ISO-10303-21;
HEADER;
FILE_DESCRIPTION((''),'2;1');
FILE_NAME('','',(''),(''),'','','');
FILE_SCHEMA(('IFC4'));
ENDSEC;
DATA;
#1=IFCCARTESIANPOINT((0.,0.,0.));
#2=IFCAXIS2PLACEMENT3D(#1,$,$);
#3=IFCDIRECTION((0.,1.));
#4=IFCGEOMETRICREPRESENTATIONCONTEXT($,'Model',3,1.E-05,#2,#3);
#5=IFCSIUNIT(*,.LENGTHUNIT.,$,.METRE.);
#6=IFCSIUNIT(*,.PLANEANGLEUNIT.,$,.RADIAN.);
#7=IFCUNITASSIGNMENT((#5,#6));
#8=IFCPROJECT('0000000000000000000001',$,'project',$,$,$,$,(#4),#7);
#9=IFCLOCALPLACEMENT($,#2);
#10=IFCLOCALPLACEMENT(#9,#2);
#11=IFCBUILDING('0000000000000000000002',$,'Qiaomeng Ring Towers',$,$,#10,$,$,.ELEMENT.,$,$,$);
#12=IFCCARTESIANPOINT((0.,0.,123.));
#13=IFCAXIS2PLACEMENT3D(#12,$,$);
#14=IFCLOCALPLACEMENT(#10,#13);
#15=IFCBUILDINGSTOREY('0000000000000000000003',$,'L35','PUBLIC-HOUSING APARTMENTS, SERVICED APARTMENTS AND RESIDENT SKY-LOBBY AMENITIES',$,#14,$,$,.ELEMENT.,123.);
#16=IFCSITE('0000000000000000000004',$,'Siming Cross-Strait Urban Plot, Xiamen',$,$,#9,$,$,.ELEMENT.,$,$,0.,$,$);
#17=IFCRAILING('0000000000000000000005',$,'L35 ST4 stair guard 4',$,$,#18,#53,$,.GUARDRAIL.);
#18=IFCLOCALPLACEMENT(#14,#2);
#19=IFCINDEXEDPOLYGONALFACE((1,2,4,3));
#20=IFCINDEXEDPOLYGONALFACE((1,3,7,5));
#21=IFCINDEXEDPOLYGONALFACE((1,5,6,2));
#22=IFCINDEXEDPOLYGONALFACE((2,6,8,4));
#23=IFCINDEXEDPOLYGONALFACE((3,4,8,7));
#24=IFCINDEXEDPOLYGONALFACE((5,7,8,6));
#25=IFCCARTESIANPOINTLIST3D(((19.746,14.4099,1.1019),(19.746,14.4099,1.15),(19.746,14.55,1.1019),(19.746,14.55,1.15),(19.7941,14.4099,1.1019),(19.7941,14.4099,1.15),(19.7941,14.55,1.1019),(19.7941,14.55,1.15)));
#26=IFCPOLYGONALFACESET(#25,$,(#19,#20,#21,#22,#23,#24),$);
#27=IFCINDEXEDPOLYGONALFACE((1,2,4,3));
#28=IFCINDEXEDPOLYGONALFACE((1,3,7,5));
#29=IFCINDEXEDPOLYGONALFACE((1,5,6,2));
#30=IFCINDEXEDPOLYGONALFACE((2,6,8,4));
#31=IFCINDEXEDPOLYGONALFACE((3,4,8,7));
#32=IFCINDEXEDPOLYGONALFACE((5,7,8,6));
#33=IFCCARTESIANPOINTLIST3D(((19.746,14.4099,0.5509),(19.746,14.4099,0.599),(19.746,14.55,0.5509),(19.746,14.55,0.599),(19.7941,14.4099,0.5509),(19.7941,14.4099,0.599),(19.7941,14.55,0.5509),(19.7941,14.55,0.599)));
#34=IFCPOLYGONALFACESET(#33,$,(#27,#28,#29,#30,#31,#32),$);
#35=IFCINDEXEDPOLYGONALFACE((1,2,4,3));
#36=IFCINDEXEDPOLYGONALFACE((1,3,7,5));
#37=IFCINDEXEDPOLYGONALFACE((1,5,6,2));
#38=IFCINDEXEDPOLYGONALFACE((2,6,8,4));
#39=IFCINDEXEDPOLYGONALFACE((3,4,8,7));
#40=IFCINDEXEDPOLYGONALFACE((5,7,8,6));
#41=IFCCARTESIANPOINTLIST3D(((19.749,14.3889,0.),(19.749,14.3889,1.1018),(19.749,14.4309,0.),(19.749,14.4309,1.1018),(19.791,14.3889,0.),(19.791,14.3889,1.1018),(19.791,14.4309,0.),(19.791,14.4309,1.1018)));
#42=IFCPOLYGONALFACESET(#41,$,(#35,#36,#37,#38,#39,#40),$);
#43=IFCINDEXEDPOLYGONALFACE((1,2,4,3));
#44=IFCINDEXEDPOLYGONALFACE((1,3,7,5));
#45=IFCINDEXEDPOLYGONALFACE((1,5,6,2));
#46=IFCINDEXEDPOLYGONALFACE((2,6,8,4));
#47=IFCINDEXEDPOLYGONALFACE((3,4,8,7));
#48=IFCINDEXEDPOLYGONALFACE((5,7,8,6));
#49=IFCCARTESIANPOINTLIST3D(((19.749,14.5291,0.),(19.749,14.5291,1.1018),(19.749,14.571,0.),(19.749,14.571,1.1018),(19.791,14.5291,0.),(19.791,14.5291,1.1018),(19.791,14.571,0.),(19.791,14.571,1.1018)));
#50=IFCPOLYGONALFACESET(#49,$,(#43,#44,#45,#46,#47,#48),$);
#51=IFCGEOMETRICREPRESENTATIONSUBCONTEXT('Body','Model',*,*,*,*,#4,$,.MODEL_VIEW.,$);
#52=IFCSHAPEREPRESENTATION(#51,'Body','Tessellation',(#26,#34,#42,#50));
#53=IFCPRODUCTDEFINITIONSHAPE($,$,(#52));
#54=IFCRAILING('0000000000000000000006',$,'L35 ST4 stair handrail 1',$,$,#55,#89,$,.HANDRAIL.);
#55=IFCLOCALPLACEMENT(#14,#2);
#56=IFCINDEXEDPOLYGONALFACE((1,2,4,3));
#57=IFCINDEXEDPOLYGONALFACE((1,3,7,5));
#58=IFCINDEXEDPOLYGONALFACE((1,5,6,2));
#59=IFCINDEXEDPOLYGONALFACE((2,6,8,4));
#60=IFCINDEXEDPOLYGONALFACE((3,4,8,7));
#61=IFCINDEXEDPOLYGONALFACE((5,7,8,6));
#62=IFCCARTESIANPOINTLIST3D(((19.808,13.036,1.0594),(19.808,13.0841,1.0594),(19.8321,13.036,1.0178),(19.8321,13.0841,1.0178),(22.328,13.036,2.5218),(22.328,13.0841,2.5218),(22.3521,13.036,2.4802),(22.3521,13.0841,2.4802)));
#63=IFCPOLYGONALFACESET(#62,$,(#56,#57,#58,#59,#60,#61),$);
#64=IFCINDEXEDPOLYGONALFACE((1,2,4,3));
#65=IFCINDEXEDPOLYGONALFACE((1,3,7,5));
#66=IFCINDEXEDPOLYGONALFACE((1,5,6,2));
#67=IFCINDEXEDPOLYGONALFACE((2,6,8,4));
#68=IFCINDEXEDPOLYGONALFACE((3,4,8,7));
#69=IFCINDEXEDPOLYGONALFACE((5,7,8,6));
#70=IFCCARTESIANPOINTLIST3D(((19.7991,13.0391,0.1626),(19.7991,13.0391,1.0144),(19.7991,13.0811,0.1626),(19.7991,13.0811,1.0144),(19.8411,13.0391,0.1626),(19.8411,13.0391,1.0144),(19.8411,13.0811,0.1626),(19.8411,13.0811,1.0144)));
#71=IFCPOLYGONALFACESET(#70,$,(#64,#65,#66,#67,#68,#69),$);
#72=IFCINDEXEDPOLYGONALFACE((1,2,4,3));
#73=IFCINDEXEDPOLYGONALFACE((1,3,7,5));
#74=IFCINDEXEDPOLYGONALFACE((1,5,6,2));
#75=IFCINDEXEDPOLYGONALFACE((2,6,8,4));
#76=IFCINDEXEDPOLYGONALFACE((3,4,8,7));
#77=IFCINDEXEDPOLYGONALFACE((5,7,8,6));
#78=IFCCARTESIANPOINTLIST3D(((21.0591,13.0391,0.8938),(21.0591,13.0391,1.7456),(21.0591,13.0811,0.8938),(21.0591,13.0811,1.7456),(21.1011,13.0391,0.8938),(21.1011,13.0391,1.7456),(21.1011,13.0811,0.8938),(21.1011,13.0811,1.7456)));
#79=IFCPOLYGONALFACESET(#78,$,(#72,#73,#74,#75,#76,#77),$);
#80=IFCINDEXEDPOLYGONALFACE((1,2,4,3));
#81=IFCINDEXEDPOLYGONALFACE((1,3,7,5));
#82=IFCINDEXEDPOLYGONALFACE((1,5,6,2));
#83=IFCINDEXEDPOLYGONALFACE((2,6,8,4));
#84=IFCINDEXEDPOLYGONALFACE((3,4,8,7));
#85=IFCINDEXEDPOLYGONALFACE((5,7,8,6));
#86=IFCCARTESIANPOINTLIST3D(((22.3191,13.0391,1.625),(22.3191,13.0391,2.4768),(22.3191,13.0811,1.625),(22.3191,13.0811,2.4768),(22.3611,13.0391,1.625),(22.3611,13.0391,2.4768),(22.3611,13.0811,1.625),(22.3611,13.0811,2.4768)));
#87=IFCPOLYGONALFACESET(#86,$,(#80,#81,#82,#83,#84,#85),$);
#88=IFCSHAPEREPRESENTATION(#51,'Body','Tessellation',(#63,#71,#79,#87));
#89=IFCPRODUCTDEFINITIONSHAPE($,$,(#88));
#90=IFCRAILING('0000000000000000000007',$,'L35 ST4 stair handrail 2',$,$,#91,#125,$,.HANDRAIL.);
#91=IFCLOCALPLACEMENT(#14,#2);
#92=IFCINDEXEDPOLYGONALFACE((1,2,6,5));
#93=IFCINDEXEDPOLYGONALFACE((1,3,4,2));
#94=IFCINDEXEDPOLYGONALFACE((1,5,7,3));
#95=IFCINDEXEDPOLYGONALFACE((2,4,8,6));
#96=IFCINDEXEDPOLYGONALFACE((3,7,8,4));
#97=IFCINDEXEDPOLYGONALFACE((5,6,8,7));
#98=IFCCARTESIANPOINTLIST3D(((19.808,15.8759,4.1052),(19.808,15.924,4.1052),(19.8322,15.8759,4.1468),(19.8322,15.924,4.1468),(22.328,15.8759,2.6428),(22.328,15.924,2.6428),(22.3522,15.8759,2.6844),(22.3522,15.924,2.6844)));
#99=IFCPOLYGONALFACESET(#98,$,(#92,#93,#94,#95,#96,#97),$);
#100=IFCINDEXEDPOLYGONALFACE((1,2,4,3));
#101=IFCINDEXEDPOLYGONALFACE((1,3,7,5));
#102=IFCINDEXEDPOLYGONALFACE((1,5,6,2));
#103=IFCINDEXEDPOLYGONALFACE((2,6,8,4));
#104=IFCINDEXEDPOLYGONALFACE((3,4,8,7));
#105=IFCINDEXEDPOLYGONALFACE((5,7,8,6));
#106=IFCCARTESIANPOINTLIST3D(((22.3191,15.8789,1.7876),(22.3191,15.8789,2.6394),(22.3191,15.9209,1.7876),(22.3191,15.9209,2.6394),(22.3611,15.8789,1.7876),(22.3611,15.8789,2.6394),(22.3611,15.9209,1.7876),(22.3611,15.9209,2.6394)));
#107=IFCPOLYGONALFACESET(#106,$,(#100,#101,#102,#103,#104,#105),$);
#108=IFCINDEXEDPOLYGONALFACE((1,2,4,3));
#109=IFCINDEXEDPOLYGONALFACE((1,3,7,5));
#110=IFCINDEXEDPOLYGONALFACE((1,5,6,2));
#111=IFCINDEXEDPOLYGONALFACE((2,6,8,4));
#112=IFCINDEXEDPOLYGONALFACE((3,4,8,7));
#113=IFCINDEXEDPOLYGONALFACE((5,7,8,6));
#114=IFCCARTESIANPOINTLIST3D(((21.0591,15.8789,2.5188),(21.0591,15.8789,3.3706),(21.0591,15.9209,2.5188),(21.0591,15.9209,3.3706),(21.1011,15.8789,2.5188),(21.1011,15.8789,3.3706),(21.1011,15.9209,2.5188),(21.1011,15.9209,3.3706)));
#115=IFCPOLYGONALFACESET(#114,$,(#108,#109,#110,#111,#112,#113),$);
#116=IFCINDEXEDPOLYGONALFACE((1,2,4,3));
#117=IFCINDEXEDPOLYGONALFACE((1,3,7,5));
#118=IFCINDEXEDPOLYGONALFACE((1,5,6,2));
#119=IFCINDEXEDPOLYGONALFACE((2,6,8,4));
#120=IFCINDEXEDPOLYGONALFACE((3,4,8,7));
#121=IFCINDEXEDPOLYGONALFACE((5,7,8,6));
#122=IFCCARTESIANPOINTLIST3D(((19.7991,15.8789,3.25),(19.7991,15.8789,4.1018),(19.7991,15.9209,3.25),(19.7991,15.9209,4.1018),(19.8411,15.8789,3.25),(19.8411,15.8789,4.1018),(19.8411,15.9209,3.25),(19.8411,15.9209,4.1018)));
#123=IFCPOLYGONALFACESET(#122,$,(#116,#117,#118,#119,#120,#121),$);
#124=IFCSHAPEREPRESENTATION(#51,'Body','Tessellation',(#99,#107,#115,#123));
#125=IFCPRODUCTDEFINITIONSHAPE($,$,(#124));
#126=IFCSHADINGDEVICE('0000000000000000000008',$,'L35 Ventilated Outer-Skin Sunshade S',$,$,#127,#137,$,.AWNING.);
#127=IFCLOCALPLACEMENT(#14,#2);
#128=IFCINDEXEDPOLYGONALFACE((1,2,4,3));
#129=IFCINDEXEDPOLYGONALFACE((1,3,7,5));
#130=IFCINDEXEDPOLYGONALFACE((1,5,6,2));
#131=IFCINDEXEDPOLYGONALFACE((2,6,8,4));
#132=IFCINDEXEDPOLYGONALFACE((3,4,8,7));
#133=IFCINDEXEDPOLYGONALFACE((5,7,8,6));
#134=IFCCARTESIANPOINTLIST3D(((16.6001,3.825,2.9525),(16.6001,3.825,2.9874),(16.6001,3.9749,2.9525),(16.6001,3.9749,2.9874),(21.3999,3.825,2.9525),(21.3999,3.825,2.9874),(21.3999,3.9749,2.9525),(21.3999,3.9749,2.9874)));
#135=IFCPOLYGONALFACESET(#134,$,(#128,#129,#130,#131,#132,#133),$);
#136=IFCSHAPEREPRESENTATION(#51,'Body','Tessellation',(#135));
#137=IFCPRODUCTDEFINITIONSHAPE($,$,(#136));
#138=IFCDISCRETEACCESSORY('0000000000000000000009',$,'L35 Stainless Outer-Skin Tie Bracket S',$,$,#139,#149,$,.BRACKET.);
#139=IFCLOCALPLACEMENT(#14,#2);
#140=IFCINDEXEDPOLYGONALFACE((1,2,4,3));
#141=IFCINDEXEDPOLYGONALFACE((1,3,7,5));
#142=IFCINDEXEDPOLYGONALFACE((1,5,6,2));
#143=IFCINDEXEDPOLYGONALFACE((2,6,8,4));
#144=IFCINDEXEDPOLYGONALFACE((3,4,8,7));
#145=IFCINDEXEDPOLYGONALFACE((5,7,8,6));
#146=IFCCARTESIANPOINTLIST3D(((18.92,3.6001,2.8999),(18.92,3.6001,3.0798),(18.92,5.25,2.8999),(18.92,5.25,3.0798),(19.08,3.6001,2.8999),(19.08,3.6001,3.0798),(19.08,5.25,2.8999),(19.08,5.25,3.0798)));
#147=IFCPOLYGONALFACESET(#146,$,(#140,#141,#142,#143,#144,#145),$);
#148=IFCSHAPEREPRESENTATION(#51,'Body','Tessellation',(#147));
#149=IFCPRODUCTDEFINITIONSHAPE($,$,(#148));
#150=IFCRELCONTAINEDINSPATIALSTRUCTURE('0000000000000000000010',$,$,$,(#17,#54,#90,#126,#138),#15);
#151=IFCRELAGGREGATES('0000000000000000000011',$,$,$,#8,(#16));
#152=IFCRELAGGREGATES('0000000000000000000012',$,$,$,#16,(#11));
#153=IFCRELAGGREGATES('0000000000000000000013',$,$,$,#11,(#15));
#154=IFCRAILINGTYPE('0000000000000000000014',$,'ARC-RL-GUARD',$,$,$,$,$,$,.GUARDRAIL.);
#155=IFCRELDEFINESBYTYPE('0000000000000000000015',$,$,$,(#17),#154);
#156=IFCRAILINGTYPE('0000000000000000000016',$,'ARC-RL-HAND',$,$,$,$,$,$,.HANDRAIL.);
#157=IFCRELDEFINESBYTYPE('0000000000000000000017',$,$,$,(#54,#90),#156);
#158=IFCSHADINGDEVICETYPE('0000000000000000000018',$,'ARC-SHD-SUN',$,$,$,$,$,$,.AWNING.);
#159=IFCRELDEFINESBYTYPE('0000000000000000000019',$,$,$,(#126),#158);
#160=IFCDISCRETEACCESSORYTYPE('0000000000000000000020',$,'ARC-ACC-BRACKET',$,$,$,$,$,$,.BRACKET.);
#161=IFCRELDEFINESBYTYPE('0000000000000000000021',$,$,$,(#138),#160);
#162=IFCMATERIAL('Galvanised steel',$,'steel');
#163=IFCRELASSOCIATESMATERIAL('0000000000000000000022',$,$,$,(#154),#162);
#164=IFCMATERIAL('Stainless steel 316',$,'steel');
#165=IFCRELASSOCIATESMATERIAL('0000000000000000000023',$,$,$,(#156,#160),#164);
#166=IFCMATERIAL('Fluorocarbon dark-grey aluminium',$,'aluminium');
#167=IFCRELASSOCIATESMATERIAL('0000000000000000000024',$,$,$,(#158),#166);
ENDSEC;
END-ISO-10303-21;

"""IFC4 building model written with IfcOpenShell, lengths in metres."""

from ifc_helpers import new_model, si_unit, direction, frame, origin, origin_2d, place, context, subcontext, project, spatial, rectangle, extrude, source, transform, mapped, material, material_profile, profile_set, type_object, element, save


model = new_model("IFC4")

# Units and contexts
model_context = context("Model", 3, precision=1e-05, world=origin(), true_north=direction((0.0, 1.0)))
body_context = subcontext(model_context, "Body", "Model", "MODEL_VIEW")
ifc_project = project(units=[si_unit("LENGTHUNIT", "METRE"), si_unit("PLANEANGLEUNIT", "RADIAN")], contexts=[model_context])

# Site, building, storey
site_placement = place(None, origin())
site = spatial("IfcSite", under=ifc_project, at=site_placement, Name="Siming Cross-Strait Urban Plot, Xiamen", CompositionType="ELEMENT", RefElevation=0.0)
building_placement = place(site_placement, origin())
building = spatial("IfcBuilding", under=site, at=building_placement, Name="Qiaomeng Ring Towers", CompositionType="ELEMENT")
storey_placement = place(building_placement, frame((0.0, 0.0, 123.0)))
storey = spatial("IfcBuildingStorey", under=building, at=storey_placement, Name="L35", Description="PUBLIC-HOUSING APARTMENTS, SERVICED APARTMENTS AND RESIDENT SKY-LOBBY AMENITIES", CompositionType="ELEMENT", Elevation=123.0)

# Shared definitions
ifc_material_1 = material(Name="Fluorocarbon dark-grey aluminium", Category="aluminium")

# Shared definitions
ifc_material_2 = material(Name="Galvanised steel", Category="steel")

# Railings
railing_type_1 = type_object("IfcRailingType", Name="ARC-RL-GUARD", PredefinedType="GUARDRAIL", material=ifc_material_2)
railing_1_placement = place(storey_placement, frame((19.77, 14.4099, 0.0)))
element("IfcRailing", 1, at=railing_1_placement, inside=storey, type_object=railing_type_1, Name="L35 ST4 stair guard 4", PredefinedType="GUARDRAIL", context=body_context, shape_type="SweptSolid", body=[
    extrude(rectangle(XDim=0.0481, YDim=0.0481, at=origin_2d()), frame((0.0, 0.0, 1.126), z_axis=(0.0, 1.0, 0.0), x_axis=(-1.0, 0.0, 0.0)), (0.0, 0.0, 1.0), 0.1401),
    extrude(rectangle(XDim=0.0481, YDim=0.0481, at=origin_2d()), frame((0.0, 0.0, 0.575), z_axis=(0.0, 1.0, 0.0), x_axis=(-1.0, 0.0, 0.0)), (0.0, 0.0, 1.0), 0.1401),
    extrude(rectangle(XDim=0.042, YDim=0.042, at=origin_2d()), origin(), (0.0, 0.0, 1.0), 1.1018),
    extrude(rectangle(XDim=0.042, YDim=0.042, at=origin_2d()), frame((0.0, 0.1401, 0.0)), (0.0, 0.0, 1.0), 1.1018),
])
ifc_material_3 = material(Name="Stainless steel 316", Category="steel")
railing_type_2 = type_object("IfcRailingType", Name="ARC-RL-HAND", PredefinedType="HANDRAIL", material=ifc_material_3)
railing_2_placement = place(storey_placement, frame((19.8201, 13.0601, 0.1626)))
element("IfcRailing", 2, at=railing_2_placement, inside=storey, type_object=railing_type_2, Name="L35 ST4 stair handrail 1", PredefinedType="HANDRAIL", context=body_context, shape_type="SweptSolid", body=[
    extrude(rectangle(XDim=0.0481, YDim=0.0481, at=origin_2d()), frame((0.0, 0.0, 0.876), z_axis=(0.864913, 0.0, 0.501921), x_axis=(0.0, 1.0, 0.0)), (0.0, 0.0, 1.0), 2.9136),
    extrude(rectangle(XDim=0.042, YDim=0.042, at=origin_2d()), origin(), (0.0, 0.0, 1.0), 0.8518),
    extrude(rectangle(XDim=0.042, YDim=0.042, at=origin_2d()), frame((1.26, 0.0, 0.7312)), (0.0, 0.0, 1.0), 0.8518),
    extrude(rectangle(XDim=0.042, YDim=0.042, at=origin_2d()), frame((2.52, 0.0, 1.4624)), (0.0, 0.0, 1.0), 0.8518),
])
railing_3_placement = place(storey_placement, frame((22.3401, 15.8999, 1.7876)))
element("IfcRailing", 3, at=railing_3_placement, inside=storey, type_object=railing_type_2, Name="L35 ST4 stair handrail 2", PredefinedType="HANDRAIL", context=body_context, shape_type="SweptSolid", body=[
    extrude(rectangle(XDim=0.0481, YDim=0.0481, at=origin_2d()), frame((0.0, 0.0, 0.876), z_axis=(-0.864913, 0.0, 0.501921), x_axis=(0.0, -1.0, 0.0)), (0.0, 0.0, 1.0), 2.9136),
    extrude(rectangle(XDim=0.042, YDim=0.042, at=origin_2d()), origin(), (0.0, 0.0, 1.0), 0.8518),
    extrude(rectangle(XDim=0.042, YDim=0.042, at=origin_2d()), frame((-1.26, 0.0, 0.7312)), (0.0, 0.0, 1.0), 0.8518),
    extrude(rectangle(XDim=0.042, YDim=0.042, at=origin_2d()), frame((-2.52, 0.0, 1.4624)), (0.0, 0.0, 1.0), 0.8518),
])

# Shading device
ifc_material_profile_1 = material_profile(ifc_material_1, rectangle(XDim=0.1499, YDim=0.0349, at=origin_2d()), Name="LV BLADE 150x35")
ifc_profile_set_1 = profile_set([ifc_material_profile_1], Name="Fluorocarbon dark-grey aluminium")
shading_device_type = type_object("IfcShadingDeviceType", Name="ARC-SHD-SUN", PredefinedType="AWNING", material=ifc_profile_set_1)
shared_shape_1 = source(origin(), body_context, "Body", "SweptSolid", [
    extrude(rectangle(XDim=0.1499, YDim=0.0349, at=origin_2d()), origin(), (0.0, 0.0, 1.0), 4.7998),
])
shading_device_placement = place(storey_placement, frame((16.6001, 3.8999, 2.97), z_axis=(1.0, 0.0, 0.0), x_axis=(0.0, 1.0, 0.0)))
element("IfcShadingDevice", 4, at=shading_device_placement, inside=storey, type_object=shading_device_type, Name="L35 Ventilated Outer-Skin Sunshade S", PredefinedType="AWNING", context=body_context, shape_type="MappedRepresentation", body=[
    mapped(shared_shape_1, transform((0.0, 0.0, 0.0), x_axis=(1.0, 0.0, 0.0), y_axis=(0.0, 1.0, 0.0), z_axis=(0.0, 0.0, 1.0), scale=1.0)),
])

# Discrete accessory
discrete_accessory_type = type_object("IfcDiscreteAccessoryType", Name="ARC-ACC-BRACKET", PredefinedType="BRACKET", material=ifc_material_3)
shared_shape_2 = source(origin(), body_context, "Body", "SweptSolid", [
    extrude(rectangle(XDim=0.1599, YDim=1.6499, at=origin_2d()), origin(), (0.0, 0.0, 1.0), 0.1799),
])
discrete_accessory_placement = place(storey_placement, frame((19.0, 4.425, 2.8999), z_axis=(0.0, 0.0, 1.0), x_axis=(1.0, 0.0, 0.0)))
element("IfcDiscreteAccessory", 5, at=discrete_accessory_placement, inside=storey, type_object=discrete_accessory_type, Name="L35 Stainless Outer-Skin Tie Bracket S", PredefinedType="BRACKET", context=body_context, shape_type="MappedRepresentation", body=[
    mapped(shared_shape_2, transform((0.0, 0.0, 0.0), x_axis=(1.0, 0.0, 0.0), y_axis=(0.0, 1.0, 0.0), z_axis=(0.0, 0.0, 1.0), scale=1.0)),
])

save(model, "model.ifc")
